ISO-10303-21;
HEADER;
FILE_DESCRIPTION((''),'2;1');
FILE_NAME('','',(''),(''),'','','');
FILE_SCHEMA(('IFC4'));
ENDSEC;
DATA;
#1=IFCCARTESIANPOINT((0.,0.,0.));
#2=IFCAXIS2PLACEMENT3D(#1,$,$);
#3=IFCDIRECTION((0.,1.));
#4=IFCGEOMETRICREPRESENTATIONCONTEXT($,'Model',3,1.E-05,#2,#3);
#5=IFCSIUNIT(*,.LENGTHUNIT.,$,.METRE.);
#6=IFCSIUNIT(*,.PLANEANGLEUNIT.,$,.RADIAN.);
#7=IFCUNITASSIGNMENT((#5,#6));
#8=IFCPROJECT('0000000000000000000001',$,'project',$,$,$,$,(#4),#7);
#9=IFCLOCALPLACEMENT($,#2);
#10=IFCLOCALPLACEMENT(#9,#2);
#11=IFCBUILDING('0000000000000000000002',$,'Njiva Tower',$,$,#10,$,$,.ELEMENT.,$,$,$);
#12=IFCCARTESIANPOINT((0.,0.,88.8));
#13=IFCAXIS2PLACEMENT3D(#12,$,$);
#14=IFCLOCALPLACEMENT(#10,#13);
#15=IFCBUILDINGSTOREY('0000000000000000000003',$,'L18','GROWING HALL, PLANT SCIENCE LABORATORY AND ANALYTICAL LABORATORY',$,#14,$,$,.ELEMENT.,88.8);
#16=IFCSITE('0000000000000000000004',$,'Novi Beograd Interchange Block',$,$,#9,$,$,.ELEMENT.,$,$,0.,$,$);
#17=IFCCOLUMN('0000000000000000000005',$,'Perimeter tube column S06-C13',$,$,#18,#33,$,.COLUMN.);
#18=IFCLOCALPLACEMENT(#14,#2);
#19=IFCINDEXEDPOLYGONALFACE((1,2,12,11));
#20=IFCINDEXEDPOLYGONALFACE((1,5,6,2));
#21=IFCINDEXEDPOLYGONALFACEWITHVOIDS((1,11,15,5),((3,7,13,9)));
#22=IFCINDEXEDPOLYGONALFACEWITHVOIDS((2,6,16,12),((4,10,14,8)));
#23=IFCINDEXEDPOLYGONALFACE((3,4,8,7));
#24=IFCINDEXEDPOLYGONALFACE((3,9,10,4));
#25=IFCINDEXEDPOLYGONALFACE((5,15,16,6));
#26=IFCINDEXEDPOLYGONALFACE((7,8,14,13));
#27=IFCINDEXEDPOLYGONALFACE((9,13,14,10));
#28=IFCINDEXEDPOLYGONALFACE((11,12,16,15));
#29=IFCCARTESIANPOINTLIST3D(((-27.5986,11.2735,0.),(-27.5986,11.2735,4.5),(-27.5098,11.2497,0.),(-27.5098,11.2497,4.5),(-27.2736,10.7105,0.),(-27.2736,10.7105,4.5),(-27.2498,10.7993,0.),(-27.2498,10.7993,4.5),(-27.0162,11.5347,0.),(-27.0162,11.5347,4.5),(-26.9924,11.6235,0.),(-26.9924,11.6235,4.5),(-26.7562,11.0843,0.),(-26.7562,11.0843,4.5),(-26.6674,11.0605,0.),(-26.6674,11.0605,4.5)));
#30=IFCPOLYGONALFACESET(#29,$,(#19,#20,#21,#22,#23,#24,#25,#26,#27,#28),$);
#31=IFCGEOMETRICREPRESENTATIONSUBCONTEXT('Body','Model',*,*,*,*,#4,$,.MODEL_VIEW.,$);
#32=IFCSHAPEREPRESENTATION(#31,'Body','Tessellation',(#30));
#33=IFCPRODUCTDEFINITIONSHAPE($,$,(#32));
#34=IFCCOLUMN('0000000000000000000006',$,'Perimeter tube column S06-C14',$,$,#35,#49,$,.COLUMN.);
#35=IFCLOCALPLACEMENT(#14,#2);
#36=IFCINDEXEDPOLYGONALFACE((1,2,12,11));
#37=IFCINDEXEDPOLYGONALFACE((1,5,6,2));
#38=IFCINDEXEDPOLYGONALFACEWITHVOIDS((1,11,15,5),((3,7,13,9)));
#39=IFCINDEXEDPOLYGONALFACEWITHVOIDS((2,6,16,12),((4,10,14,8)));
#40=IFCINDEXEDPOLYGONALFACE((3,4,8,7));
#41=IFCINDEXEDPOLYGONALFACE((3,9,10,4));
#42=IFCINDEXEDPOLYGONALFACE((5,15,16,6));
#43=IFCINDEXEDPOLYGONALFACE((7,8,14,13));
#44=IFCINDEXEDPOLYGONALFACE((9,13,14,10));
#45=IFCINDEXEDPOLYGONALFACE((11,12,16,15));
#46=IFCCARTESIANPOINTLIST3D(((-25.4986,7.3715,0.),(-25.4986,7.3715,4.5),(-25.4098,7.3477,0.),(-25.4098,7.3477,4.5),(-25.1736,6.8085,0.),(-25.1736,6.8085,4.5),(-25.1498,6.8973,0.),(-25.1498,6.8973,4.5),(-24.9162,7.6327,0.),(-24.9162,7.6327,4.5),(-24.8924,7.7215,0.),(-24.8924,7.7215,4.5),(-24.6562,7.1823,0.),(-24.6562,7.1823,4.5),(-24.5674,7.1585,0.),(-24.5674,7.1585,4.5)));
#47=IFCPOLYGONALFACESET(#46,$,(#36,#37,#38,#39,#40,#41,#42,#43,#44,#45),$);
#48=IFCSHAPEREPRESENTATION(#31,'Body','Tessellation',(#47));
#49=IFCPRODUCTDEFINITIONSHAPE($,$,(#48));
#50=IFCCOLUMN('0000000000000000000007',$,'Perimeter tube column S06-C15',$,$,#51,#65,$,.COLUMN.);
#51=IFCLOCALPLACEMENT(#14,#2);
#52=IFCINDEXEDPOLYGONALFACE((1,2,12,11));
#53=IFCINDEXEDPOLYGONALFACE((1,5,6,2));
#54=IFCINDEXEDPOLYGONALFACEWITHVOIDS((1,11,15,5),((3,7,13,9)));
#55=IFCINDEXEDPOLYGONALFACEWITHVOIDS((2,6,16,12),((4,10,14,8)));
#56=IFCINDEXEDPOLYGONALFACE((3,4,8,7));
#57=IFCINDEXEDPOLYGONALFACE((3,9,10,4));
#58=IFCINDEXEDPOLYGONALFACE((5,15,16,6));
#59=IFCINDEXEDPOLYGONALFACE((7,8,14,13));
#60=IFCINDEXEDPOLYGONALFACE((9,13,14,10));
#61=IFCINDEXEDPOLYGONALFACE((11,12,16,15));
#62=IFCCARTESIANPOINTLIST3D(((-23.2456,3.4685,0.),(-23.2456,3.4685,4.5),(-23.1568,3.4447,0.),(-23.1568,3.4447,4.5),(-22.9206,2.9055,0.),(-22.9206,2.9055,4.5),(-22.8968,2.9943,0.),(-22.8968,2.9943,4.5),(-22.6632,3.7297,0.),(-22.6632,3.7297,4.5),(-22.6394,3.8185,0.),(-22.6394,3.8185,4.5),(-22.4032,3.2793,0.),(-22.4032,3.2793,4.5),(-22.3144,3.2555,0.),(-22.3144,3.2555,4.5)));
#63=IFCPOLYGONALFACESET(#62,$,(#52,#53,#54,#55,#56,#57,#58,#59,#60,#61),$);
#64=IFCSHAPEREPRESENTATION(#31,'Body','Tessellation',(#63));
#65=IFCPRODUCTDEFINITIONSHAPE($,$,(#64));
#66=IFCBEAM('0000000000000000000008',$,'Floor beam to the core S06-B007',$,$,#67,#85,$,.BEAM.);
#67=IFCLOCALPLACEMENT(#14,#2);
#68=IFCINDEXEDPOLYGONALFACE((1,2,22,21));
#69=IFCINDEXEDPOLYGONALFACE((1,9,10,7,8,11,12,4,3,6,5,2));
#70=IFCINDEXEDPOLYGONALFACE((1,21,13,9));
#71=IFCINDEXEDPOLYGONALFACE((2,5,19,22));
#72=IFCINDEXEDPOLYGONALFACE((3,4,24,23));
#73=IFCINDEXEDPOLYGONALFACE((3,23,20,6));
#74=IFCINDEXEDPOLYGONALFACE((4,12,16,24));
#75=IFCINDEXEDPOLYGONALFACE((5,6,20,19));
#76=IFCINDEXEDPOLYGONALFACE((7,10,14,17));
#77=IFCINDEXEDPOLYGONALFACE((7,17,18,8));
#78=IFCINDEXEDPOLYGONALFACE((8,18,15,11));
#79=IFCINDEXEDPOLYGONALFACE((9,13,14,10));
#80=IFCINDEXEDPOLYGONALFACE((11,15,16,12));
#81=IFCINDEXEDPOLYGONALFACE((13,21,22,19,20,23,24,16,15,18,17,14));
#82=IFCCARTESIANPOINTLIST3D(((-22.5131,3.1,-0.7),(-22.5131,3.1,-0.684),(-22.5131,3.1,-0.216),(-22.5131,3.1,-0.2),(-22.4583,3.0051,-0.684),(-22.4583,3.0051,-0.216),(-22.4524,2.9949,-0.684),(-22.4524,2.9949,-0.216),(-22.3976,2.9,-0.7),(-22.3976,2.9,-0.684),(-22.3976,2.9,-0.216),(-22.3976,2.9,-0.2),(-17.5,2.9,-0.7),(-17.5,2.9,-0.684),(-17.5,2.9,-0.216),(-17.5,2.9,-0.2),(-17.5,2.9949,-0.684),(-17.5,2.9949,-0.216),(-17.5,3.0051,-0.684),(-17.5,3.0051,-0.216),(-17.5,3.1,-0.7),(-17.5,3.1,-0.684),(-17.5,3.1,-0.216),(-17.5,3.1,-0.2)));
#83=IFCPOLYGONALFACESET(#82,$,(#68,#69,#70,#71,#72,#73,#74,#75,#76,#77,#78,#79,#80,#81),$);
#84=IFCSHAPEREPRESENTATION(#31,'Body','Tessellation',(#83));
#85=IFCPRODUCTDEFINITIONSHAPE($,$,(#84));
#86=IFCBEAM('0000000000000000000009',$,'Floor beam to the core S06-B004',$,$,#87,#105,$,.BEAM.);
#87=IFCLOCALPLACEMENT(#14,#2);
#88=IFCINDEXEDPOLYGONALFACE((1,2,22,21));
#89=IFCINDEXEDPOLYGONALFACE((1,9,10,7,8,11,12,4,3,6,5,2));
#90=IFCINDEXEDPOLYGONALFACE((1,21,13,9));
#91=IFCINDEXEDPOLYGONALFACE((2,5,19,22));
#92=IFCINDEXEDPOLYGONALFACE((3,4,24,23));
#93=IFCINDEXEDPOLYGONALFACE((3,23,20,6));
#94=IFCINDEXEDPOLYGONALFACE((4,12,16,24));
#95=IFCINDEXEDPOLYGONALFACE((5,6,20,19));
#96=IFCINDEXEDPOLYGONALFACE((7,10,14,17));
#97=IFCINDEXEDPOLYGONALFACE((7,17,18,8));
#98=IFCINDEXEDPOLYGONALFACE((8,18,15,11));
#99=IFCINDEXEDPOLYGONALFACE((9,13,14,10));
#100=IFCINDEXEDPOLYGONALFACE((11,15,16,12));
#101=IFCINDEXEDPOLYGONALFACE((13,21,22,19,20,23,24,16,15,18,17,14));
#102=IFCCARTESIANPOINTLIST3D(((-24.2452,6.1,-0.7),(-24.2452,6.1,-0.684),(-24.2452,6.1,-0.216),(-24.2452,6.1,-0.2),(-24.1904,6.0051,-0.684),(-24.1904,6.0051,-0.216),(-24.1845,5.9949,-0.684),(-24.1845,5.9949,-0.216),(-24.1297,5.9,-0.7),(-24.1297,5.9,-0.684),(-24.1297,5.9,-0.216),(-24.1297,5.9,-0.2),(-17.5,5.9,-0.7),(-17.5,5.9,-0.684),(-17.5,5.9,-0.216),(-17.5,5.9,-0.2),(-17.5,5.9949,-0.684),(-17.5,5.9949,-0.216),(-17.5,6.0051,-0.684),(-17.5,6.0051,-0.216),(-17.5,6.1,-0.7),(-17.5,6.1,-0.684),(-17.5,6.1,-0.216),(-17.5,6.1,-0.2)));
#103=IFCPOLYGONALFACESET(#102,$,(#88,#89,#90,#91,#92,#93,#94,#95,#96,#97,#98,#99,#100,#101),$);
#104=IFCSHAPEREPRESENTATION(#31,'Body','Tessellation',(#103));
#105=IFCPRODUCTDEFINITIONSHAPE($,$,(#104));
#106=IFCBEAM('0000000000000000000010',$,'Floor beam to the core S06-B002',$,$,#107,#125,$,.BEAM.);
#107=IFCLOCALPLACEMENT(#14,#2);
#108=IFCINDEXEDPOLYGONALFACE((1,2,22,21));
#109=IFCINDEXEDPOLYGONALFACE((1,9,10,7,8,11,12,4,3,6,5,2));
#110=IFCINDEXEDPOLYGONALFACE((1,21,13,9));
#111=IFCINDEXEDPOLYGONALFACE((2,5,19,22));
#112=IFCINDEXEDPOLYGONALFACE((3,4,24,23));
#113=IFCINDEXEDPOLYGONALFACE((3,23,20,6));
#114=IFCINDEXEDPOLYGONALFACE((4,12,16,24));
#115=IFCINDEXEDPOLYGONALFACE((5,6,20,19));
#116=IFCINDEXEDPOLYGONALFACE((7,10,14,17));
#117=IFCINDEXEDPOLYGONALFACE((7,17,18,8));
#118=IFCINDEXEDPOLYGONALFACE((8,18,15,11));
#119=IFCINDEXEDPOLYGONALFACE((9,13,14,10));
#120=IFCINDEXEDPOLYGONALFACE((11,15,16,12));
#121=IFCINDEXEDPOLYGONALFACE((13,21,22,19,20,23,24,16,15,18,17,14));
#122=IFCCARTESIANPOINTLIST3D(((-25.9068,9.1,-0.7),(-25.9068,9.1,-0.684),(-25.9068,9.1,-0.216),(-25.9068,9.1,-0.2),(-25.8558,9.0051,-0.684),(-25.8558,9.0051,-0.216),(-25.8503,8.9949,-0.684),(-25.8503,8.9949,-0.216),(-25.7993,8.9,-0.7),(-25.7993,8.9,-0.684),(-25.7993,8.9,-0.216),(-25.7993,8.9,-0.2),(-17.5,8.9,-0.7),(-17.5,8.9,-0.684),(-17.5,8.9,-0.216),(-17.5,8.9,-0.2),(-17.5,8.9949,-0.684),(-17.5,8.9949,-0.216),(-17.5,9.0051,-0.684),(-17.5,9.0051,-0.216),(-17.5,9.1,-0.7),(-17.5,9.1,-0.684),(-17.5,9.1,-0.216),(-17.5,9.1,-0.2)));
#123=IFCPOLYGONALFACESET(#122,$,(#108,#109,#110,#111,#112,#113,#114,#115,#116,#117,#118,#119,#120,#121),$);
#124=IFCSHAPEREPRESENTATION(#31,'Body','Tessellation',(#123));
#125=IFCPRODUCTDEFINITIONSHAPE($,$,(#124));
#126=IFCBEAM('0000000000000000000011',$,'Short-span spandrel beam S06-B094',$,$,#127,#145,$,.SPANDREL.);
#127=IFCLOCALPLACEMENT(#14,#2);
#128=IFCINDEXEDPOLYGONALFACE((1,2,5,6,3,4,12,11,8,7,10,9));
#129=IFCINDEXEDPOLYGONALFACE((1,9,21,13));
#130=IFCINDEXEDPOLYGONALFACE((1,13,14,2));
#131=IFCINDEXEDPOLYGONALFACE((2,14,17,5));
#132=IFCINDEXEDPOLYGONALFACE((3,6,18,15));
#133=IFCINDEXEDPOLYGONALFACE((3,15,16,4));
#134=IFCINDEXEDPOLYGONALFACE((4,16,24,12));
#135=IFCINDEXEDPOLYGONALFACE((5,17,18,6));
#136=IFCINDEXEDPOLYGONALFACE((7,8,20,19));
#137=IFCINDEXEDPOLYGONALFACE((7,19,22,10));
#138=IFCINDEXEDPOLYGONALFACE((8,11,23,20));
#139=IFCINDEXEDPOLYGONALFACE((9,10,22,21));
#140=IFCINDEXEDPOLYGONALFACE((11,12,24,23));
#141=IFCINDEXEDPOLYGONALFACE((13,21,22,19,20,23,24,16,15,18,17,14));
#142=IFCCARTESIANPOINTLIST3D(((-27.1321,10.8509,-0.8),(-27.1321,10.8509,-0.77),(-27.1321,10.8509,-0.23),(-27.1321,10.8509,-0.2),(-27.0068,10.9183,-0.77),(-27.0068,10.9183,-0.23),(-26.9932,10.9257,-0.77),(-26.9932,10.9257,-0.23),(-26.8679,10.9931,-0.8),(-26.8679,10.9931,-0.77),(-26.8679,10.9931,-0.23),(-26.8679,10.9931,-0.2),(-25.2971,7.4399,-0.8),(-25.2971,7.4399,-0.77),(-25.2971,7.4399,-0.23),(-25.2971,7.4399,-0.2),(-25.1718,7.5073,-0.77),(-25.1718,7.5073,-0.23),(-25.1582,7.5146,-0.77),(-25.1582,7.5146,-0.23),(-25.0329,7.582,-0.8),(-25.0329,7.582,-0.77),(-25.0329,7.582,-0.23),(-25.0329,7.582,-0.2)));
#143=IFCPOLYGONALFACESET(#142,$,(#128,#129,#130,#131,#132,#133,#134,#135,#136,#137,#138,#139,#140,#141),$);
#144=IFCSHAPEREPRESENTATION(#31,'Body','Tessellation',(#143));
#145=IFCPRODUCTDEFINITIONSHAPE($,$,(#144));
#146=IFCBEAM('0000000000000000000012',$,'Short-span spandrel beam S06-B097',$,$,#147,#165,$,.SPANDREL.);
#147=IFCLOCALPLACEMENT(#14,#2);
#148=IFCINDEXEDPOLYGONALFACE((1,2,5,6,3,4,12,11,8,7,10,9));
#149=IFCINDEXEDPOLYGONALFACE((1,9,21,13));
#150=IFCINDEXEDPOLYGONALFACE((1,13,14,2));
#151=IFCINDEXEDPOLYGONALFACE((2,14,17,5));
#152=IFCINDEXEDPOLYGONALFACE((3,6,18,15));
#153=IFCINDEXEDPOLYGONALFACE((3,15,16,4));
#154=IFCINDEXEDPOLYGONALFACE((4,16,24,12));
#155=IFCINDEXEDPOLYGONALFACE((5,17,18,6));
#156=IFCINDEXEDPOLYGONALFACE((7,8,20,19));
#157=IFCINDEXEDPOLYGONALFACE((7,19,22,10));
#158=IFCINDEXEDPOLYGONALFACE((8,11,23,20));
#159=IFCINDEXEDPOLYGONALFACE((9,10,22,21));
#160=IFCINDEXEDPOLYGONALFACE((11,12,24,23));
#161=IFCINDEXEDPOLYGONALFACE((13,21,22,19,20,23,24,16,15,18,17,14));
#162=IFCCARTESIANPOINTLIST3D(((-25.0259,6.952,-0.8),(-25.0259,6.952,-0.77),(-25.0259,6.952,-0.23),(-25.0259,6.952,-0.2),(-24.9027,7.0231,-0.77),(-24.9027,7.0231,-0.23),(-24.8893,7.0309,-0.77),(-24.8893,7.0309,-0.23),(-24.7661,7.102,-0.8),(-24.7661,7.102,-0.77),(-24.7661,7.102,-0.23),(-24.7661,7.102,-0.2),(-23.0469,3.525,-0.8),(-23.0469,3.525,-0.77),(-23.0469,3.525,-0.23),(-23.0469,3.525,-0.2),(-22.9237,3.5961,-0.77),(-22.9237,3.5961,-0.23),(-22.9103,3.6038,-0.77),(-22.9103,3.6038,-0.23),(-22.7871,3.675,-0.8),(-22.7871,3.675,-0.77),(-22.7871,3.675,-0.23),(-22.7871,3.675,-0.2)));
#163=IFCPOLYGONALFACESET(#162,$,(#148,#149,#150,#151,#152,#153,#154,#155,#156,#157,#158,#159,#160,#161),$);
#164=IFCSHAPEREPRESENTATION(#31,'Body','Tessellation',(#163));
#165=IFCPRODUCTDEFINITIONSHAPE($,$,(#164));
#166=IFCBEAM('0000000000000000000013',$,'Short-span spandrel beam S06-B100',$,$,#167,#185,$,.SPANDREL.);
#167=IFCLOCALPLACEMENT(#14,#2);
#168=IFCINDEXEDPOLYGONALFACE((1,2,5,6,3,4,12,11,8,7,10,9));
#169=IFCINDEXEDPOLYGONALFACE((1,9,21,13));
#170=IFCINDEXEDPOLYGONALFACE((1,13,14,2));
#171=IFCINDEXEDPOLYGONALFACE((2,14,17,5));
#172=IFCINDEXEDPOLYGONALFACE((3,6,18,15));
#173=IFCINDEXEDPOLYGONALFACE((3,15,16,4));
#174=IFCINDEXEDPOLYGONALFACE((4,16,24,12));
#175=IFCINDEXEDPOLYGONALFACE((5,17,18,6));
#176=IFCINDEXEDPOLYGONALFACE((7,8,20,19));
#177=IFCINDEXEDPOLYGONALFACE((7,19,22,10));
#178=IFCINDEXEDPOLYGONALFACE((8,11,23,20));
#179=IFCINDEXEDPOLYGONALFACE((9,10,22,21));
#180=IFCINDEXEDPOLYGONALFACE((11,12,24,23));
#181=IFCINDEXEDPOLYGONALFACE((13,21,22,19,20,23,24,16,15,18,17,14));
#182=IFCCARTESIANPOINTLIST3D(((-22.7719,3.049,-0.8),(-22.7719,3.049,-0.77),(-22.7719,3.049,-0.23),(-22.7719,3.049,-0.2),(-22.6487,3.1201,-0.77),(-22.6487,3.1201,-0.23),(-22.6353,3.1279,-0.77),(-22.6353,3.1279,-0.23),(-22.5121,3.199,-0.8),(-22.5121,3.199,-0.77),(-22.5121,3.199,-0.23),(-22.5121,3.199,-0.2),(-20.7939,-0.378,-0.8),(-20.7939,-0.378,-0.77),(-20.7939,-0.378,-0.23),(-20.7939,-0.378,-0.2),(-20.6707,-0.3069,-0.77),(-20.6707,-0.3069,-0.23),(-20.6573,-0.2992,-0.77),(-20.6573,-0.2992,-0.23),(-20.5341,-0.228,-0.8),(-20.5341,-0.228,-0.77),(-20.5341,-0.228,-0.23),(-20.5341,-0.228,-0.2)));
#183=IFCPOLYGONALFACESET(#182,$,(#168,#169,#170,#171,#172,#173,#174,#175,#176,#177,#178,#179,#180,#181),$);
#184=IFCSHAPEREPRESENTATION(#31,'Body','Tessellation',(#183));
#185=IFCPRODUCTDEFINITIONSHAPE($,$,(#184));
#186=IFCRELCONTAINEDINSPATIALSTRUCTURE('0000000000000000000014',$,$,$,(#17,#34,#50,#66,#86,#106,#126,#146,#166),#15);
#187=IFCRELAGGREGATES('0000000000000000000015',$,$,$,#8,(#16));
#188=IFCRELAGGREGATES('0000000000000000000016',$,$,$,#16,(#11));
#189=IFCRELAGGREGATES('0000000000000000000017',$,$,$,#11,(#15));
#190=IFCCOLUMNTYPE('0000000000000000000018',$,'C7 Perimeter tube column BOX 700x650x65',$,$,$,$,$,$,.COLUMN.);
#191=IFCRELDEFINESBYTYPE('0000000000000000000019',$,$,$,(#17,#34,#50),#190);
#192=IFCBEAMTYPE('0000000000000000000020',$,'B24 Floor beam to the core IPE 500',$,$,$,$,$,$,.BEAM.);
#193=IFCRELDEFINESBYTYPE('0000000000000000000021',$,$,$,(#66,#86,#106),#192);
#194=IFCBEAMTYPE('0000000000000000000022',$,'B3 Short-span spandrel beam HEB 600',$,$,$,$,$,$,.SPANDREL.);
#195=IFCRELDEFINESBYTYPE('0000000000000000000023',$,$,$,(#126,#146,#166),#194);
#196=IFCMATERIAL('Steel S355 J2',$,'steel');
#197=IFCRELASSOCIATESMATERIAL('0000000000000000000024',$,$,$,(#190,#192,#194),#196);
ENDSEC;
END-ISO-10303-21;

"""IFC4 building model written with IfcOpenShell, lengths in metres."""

from ifc_helpers import new_model, si_unit, direction, frame, origin, origin_2d, place, context, subcontext, project, spatial, hollow_rectangle, i_section, extrude, clip, halfspace, material, material_profile, profile_set, type_object, element, save


model = new_model("IFC4")

# Units and contexts
model_context = context("Model", 3, precision=1e-05, world=origin(), true_north=direction((0.0, 1.0)))
body_context = subcontext(model_context, "Body", "Model", "MODEL_VIEW")
ifc_project = project(units=[si_unit("LENGTHUNIT", "METRE"), si_unit("PLANEANGLEUNIT", "RADIAN")], contexts=[model_context])

# Site, building, storey
site_placement = place(None, origin())
site = spatial("IfcSite", under=ifc_project, at=site_placement, Name="Novi Beograd Interchange Block", CompositionType="ELEMENT", RefElevation=0.0)
building_placement = place(site_placement, origin())
building = spatial("IfcBuilding", under=site, at=building_placement, Name="Njiva Tower", CompositionType="ELEMENT")
storey_placement = place(building_placement, frame((0.0, 0.0, 88.8)))
storey = spatial("IfcBuildingStorey", under=building, at=storey_placement, Name="L18", Description="GROWING HALL, PLANT SCIENCE LABORATORY AND ANALYTICAL LABORATORY", CompositionType="ELEMENT", Elevation=88.8)

# Columns
ifc_material_1 = material(Name="Steel S355 J2", Category="steel")
ifc_material_profile_1 = material_profile(ifc_material_1, hollow_rectangle(XDim=0.65, YDim=0.7, WallThickness=0.065, at=origin_2d()), Name="BOX 700x650x65")
ifc_profile_set_1 = profile_set([ifc_material_profile_1], Name="Steel S355 J2")
column_type = type_object("IfcColumnType", Name="C7 Perimeter tube column BOX 700x650x65", PredefinedType="COLUMN", material=ifc_profile_set_1)
for number, where, z_axis, x_axis, name in (
    (1, (-27.133, 11.167, 0.0), (0.0, 0.0, 1.0), (0.5, -0.866025, 0.0), "Perimeter tube column S06-C13"),
    (2, (-25.033, 7.265, 0.0), (0.0, 0.0, 1.0), (0.5, -0.866025, 0.0), "Perimeter tube column S06-C14"),
    (3, (-22.78, 3.362, 0.0), (0.0, 0.0, 1.0), (0.5, -0.866025, 0.0), "Perimeter tube column S06-C15"),
):
    element("IfcColumn", number, at=place(storey_placement, frame(where, z_axis=z_axis, x_axis=x_axis)), inside=storey, type_object=column_type, Name=name, PredefinedType="COLUMN", context=body_context, shape_type="SweptSolid", body=[
        extrude(hollow_rectangle(XDim=0.65, YDim=0.7, WallThickness=0.065, at=origin_2d()), origin(), (0.0, 0.0, 1.0), 4.5),
    ])

# Beams
ifc_material_profile_2 = material_profile(ifc_material_1, i_section(OverallWidth=0.2, OverallDepth=0.5, WebThickness=0.0102, FlangeThickness=0.016, at=origin_2d()), Name="IPE 500")
ifc_profile_set_2 = profile_set([ifc_material_profile_2], Name="Steel S355 J2")
beam_type_1 = type_object("IfcBeamType", Name="B24 Floor beam to the core IPE 500", PredefinedType="BEAM", material=ifc_profile_set_2)
beam_1_placement = place(storey_placement, frame((-22.533, 3.0, -0.45), z_axis=(1.0, 0.0, 0.0), x_axis=(0.0, 1.0, 0.0)))
element("IfcBeam", 4, at=beam_1_placement, inside=storey, type_object=beam_type_1, Name="Floor beam to the core S06-B007", PredefinedType="BEAM", context=body_context, shape_type="Clipping", body=[
    clip(extrude(i_section(OverallWidth=0.2, OverallDepth=0.5, WebThickness=0.0102, FlangeThickness=0.016, at=origin_2d()), origin(), (0.0, 0.0, 1.0), 5.033), halfspace(frame((-0.025, 0.0, 0.0921), z_axis=(-0.499998, 0.0, -0.866027), x_axis=(0.0, -1.0, 0.0)), False)),
])
beam_2_placement = place(storey_placement, frame((-24.265, 6.0, -0.45), z_axis=(1.0, 0.0, 0.0), x_axis=(0.0, 1.0, 0.0)))
element("IfcBeam", 5, at=beam_2_placement, inside=storey, type_object=beam_type_1, Name="Floor beam to the core S06-B004", PredefinedType="BEAM", context=body_context, shape_type="Clipping", body=[
    clip(extrude(i_section(OverallWidth=0.2, OverallDepth=0.5, WebThickness=0.0102, FlangeThickness=0.016, at=origin_2d()), origin(), (0.0, 0.0, 1.0), 6.765), halfspace(frame((-0.025, 0.0, 0.092), z_axis=(-0.499998, 0.0, -0.866027), x_axis=(0.0, -1.0, 0.0)), False)),
])
beam_3_placement = place(storey_placement, frame((-25.927, 9.0, -0.45), z_axis=(1.0, 0.0, 0.0), x_axis=(0.0, 1.0, 0.0)))
element("IfcBeam", 6, at=beam_3_placement, inside=storey, type_object=beam_type_1, Name="Floor beam to the core S06-B002", PredefinedType="BEAM", context=body_context, shape_type="Clipping", body=[
    clip(extrude(i_section(OverallWidth=0.2, OverallDepth=0.5, WebThickness=0.0102, FlangeThickness=0.016, at=origin_2d()), origin(), (0.0, 0.0, 1.0), 8.427), halfspace(frame((-0.0237, 0.0, 0.0867), z_axis=(-0.473762, 0.0, -0.880653), x_axis=(0.0, -1.0, 0.0)), False)),
])
ifc_material_profile_3 = material_profile(ifc_material_1, i_section(OverallWidth=0.3, OverallDepth=0.6, WebThickness=0.0155, FlangeThickness=0.03, at=origin_2d()), Name="HEB 600")
ifc_profile_set_3 = profile_set([ifc_material_profile_3], Name="Steel S355 J2")
beam_type_2 = type_object("IfcBeamType", Name="B3 Short-span spandrel beam HEB 600", PredefinedType="SPANDREL", material=ifc_profile_set_3)
beam_4_placement = place(storey_placement, frame((-27.0, 10.922, -0.5), z_axis=(0.473761, -0.880653, 0.0), x_axis=(0.880653, 0.473761, 0.0)))
element("IfcBeam", 7, at=beam_4_placement, inside=storey, type_object=beam_type_2, Name="Short-span spandrel beam S06-B094", PredefinedType="SPANDREL", context=body_context, shape_type="SweptSolid", body=[
    extrude(i_section(OverallWidth=0.3, OverallDepth=0.6, WebThickness=0.0155, FlangeThickness=0.03, at=origin_2d()), origin(), (0.0, 0.0, 1.0), 3.8733),
])
beam_5_placement = place(storey_placement, frame((-24.896, 7.027, -0.5), z_axis=(0.50008, -0.865979, 0.0), x_axis=(0.865979, 0.50008, 0.0)))
element("IfcBeam", 8, at=beam_5_placement, inside=storey, type_object=beam_type_2, Name="Short-span spandrel beam S06-B097", PredefinedType="SPANDREL", context=body_context, shape_type="SweptSolid", body=[
    extrude(i_section(OverallWidth=0.3, OverallDepth=0.6, WebThickness=0.0155, FlangeThickness=0.03, at=origin_2d()), origin(), (0.0, 0.0, 1.0), 3.9574),
])
beam_6_placement = place(storey_placement, frame((-22.642, 3.124, -0.5), z_axis=(0.49989, -0.866089, 0.0), x_axis=(0.866089, 0.49989, 0.0)))
element("IfcBeam", 9, at=beam_6_placement, inside=storey, type_object=beam_type_2, Name="Short-span spandrel beam S06-B100", PredefinedType="SPANDREL", context=body_context, shape_type="SweptSolid", body=[
    extrude(i_section(OverallWidth=0.3, OverallDepth=0.6, WebThickness=0.0155, FlangeThickness=0.03, at=origin_2d()), origin(), (0.0, 0.0, 1.0), 3.9569),
])

save(model, "model.ifc")
